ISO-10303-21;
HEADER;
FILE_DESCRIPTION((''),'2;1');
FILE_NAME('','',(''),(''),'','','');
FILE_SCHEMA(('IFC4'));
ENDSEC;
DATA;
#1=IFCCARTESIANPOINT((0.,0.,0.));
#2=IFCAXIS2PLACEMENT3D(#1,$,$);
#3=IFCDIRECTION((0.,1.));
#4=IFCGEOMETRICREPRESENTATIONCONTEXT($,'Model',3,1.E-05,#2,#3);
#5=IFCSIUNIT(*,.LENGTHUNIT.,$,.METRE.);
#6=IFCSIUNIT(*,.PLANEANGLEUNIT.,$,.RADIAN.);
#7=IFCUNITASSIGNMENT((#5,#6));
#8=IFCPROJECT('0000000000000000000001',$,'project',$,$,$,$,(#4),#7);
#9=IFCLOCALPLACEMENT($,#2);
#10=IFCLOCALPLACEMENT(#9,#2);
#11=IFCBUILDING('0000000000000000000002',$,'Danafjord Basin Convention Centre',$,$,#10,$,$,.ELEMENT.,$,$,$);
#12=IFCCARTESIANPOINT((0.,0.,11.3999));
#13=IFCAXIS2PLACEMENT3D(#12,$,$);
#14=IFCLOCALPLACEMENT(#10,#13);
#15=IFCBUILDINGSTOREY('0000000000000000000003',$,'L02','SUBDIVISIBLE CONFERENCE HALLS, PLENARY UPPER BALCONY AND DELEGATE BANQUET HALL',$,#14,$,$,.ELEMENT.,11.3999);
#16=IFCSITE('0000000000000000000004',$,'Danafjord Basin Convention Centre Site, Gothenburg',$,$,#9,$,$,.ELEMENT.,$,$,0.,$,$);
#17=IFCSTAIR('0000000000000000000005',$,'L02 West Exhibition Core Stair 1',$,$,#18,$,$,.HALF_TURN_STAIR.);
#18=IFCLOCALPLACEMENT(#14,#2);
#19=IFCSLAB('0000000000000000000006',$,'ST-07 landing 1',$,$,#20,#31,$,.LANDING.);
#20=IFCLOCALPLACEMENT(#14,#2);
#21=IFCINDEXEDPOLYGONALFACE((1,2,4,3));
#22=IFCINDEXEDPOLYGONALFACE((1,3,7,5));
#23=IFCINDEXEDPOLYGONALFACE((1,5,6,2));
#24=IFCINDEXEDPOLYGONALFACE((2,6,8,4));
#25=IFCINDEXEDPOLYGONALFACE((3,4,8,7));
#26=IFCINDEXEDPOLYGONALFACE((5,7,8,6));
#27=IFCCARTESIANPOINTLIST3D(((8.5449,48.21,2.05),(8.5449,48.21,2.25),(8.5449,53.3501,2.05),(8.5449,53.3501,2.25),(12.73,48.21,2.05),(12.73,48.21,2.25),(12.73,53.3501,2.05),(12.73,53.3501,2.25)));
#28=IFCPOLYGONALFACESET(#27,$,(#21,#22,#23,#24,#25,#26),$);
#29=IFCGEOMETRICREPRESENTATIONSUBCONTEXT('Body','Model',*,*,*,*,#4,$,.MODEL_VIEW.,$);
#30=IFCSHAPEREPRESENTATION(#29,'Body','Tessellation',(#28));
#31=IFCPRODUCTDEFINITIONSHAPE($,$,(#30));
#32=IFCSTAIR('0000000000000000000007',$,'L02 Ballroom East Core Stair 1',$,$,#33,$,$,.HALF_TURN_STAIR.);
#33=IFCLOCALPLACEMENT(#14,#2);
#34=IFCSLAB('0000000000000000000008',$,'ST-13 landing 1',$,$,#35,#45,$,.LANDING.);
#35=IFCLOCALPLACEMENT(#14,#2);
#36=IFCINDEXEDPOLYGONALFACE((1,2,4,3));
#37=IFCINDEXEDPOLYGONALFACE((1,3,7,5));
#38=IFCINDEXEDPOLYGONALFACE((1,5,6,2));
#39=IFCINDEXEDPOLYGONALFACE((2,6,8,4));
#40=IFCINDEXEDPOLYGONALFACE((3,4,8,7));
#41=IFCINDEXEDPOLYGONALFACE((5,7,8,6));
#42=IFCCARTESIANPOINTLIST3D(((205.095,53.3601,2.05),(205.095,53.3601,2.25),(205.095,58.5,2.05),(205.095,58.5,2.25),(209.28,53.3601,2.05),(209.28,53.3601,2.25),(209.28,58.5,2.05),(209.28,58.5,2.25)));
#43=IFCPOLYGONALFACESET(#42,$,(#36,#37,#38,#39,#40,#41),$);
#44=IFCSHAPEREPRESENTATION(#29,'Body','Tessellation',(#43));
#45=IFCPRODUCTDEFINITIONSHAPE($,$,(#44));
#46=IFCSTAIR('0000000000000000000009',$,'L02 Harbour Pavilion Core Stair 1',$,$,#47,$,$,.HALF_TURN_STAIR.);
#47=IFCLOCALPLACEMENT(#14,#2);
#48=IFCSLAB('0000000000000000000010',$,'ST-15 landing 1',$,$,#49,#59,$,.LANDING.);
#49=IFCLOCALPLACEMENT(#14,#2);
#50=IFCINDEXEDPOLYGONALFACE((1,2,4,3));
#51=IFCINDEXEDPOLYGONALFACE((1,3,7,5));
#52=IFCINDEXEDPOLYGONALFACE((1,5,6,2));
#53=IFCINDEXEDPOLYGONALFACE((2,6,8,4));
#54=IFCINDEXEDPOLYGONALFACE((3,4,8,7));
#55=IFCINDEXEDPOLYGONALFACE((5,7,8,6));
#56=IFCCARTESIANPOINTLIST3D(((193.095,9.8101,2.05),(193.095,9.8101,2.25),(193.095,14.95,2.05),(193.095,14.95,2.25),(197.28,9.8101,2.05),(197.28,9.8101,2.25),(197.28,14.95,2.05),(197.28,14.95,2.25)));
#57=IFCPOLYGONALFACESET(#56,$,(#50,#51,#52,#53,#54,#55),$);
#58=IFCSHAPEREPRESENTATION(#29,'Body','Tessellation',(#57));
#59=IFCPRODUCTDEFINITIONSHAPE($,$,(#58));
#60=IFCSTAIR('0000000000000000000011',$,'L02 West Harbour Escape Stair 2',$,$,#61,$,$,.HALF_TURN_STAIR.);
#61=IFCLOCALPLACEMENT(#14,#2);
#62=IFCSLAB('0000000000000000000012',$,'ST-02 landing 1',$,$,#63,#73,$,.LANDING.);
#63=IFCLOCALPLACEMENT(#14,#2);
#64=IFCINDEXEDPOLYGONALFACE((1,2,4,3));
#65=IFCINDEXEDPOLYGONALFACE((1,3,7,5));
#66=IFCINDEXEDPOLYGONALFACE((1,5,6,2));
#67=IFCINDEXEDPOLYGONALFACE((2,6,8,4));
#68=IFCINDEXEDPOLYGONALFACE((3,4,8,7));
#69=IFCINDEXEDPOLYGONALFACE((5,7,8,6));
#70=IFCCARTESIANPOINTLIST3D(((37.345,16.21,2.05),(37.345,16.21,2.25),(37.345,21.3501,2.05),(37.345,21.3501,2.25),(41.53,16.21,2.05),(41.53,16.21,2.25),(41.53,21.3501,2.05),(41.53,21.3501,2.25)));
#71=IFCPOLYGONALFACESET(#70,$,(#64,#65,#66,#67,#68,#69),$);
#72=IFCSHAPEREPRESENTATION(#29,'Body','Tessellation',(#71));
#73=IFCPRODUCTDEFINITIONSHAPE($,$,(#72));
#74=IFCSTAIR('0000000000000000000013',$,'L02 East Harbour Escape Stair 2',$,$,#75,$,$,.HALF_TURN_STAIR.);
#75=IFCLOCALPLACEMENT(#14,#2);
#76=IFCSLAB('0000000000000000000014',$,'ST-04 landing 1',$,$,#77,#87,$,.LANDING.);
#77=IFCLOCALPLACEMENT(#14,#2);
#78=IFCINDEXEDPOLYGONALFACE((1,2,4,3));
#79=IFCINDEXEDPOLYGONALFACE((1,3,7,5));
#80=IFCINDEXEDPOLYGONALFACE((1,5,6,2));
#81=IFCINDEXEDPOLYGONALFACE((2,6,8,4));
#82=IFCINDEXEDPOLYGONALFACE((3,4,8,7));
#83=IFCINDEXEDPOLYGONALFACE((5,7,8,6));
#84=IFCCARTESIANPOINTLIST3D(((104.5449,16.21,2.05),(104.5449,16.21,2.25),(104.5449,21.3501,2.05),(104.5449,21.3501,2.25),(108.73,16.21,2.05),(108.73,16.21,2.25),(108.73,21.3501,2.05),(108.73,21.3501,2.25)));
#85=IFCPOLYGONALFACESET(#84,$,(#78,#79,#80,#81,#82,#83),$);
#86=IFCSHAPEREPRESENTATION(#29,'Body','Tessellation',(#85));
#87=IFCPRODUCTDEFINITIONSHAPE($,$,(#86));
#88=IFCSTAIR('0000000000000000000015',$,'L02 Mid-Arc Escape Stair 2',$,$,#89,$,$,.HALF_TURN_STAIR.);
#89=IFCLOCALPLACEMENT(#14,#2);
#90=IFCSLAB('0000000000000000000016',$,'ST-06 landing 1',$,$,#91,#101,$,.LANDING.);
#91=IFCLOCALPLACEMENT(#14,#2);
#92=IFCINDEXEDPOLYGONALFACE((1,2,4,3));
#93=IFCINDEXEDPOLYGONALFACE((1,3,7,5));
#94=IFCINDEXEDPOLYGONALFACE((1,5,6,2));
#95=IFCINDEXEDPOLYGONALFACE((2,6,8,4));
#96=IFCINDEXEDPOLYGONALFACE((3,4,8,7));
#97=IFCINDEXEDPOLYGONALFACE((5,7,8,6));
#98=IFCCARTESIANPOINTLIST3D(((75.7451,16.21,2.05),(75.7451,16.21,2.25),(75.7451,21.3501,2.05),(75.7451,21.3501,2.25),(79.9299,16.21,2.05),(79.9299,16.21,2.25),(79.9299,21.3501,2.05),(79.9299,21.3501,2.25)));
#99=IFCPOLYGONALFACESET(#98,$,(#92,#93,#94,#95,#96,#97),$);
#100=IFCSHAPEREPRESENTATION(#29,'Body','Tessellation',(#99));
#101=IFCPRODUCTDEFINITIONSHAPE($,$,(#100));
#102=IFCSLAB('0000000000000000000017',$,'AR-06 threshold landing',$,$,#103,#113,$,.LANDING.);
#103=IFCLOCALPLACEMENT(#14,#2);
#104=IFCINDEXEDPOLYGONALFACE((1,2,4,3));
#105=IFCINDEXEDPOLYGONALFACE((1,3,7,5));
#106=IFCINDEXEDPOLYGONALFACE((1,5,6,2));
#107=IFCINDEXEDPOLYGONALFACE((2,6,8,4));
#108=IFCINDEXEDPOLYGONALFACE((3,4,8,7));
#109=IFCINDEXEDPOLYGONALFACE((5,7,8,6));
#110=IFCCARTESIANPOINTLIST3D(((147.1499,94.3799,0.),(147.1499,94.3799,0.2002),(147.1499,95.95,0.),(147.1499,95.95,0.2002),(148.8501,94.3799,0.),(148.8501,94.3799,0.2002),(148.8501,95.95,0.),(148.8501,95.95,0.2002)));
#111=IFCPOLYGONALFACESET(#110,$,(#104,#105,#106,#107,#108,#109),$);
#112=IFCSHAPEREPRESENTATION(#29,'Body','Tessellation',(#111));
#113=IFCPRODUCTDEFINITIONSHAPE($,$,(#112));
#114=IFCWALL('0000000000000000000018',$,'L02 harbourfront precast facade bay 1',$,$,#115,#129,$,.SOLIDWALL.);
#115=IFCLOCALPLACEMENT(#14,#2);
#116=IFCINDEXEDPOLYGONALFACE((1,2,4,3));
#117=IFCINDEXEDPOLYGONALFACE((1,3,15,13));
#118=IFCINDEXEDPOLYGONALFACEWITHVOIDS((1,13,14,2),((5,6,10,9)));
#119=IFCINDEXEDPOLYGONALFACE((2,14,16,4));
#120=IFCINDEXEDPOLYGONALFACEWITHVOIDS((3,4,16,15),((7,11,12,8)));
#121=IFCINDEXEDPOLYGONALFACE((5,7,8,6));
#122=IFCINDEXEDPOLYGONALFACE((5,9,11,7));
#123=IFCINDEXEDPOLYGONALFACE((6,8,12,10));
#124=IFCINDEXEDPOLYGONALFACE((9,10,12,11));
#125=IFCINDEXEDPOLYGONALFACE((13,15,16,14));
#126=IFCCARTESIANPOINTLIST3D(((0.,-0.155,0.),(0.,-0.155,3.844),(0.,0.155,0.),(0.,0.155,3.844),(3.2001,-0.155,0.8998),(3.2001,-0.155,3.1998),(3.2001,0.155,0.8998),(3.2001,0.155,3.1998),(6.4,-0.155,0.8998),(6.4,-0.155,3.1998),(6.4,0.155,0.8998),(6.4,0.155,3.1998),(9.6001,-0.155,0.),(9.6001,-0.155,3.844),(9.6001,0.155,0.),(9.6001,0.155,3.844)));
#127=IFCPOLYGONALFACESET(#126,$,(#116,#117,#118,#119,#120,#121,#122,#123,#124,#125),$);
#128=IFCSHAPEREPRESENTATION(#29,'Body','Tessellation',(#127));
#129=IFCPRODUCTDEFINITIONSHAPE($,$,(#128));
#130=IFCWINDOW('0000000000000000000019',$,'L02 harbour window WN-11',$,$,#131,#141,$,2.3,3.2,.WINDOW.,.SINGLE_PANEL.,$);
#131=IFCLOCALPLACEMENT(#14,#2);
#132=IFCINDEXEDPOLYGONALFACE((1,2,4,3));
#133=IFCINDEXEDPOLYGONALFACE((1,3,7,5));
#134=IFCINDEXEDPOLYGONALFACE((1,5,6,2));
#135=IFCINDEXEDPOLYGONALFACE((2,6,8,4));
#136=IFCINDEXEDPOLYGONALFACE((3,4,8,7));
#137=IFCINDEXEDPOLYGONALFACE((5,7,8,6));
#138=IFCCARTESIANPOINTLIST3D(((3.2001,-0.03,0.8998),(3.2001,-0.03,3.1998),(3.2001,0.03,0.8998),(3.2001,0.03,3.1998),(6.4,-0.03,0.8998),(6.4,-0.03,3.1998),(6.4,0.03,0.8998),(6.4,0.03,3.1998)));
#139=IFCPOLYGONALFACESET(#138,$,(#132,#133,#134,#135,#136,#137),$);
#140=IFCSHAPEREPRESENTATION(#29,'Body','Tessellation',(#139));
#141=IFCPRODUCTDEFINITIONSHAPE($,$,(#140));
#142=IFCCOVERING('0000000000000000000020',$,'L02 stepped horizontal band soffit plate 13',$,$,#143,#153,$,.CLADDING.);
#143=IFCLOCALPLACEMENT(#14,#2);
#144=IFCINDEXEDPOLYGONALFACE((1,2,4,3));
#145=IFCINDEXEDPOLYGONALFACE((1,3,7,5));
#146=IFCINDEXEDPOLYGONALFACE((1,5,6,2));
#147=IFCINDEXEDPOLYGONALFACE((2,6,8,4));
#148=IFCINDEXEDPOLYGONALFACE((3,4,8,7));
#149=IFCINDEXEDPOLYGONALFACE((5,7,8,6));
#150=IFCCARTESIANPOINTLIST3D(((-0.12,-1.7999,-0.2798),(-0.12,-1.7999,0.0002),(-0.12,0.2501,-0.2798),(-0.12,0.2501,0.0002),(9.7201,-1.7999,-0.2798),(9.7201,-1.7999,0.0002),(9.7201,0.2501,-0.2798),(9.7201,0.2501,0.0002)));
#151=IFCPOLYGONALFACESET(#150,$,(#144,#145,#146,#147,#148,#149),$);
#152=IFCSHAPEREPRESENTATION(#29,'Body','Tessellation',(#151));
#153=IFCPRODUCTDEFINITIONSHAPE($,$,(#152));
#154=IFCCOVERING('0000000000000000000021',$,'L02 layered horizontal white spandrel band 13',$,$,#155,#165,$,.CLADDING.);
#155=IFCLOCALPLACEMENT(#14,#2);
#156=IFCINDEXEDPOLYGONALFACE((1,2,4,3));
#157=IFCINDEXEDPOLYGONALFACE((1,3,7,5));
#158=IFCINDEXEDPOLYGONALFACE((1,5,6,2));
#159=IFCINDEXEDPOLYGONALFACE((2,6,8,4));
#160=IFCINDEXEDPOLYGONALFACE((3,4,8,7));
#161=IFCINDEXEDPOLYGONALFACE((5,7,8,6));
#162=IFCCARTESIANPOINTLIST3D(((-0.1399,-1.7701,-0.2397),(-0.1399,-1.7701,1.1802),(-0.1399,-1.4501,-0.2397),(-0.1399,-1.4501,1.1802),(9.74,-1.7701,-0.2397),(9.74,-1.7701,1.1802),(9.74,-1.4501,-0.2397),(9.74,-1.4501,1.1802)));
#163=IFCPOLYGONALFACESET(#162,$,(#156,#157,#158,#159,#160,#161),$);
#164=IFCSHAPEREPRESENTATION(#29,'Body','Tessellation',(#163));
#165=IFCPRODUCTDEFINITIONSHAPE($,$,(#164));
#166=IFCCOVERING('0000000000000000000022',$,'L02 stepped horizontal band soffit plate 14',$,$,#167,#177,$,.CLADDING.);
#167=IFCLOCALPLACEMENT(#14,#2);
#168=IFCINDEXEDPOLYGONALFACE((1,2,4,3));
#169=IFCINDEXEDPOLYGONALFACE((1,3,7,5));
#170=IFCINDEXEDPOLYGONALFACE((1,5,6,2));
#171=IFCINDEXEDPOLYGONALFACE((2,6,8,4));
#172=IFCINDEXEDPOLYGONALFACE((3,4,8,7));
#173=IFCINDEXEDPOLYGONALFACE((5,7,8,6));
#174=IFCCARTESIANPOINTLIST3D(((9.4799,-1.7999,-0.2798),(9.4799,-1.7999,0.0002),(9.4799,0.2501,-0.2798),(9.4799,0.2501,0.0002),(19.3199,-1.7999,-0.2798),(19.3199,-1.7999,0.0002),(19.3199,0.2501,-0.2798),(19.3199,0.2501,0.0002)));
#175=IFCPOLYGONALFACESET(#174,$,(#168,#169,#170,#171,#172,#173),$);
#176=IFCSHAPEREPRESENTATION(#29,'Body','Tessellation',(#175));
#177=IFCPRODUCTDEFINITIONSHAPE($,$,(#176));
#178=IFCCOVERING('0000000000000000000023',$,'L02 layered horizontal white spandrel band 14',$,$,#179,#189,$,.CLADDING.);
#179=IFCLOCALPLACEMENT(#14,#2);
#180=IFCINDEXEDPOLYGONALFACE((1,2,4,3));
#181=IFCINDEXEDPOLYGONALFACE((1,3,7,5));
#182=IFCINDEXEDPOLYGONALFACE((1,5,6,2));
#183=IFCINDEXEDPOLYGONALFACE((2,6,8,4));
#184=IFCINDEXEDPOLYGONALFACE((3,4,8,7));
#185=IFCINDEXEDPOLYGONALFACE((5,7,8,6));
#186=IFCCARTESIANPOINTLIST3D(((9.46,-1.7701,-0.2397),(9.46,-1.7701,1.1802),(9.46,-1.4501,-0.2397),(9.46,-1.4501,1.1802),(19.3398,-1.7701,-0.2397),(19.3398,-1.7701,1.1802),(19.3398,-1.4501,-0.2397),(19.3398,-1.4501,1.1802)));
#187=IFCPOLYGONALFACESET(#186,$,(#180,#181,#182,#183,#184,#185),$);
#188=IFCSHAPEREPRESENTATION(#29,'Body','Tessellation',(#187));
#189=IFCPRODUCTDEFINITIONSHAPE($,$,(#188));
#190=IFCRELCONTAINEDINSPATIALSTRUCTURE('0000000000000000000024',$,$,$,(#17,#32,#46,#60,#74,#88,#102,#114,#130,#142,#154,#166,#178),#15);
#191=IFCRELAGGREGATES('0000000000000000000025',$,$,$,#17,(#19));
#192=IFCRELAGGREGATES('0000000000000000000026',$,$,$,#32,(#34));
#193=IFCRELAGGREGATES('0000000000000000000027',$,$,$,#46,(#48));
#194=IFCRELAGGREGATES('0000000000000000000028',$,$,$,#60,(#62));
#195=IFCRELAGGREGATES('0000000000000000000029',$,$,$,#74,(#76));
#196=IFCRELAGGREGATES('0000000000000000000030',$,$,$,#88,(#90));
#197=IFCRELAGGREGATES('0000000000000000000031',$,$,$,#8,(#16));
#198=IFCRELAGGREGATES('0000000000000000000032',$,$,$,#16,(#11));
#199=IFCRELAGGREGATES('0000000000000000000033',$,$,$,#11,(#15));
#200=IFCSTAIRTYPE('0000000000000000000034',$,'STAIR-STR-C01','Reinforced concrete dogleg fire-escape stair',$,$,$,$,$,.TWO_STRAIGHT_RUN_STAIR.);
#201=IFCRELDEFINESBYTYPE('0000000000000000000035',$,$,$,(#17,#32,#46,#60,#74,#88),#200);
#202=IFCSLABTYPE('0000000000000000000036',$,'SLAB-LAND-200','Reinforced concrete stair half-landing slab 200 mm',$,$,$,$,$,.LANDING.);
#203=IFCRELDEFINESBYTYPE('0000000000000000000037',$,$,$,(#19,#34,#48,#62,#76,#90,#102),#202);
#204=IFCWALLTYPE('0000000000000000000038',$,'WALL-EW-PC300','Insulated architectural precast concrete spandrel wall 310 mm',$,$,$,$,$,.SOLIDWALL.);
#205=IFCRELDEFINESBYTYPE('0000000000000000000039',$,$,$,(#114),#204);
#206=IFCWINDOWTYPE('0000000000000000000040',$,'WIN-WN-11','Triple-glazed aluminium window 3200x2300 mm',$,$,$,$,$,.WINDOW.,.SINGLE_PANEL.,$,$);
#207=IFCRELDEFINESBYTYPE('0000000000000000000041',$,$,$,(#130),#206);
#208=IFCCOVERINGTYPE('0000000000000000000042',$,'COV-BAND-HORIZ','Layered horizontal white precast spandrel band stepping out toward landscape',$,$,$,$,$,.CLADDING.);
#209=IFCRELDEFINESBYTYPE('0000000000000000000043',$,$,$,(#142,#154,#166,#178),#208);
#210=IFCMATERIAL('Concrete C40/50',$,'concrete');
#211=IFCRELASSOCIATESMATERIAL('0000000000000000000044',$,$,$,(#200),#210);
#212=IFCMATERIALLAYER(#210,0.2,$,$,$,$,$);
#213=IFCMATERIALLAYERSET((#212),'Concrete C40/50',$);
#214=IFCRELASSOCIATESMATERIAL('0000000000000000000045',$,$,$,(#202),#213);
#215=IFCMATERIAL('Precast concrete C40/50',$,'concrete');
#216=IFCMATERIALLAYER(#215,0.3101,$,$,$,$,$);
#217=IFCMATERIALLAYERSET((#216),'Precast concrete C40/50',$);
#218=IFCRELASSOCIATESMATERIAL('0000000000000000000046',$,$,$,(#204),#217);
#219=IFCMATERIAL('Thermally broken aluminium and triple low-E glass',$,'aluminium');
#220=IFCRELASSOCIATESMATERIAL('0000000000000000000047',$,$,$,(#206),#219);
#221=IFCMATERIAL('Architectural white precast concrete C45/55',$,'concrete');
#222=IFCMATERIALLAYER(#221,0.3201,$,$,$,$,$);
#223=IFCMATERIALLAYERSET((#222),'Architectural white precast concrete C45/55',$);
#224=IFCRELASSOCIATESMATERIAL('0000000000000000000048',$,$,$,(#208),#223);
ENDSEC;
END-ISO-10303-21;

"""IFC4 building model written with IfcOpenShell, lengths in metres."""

from ifc_helpers import new_model, si_unit, direction, frame, frame_2d, origin, origin_with_axes, origin_2d, place, context, subcontext, project, spatial, polyline, rectangle, outline, extrude, material, layer, layer_set, type_object, element, fill, aggregate, save


model = new_model("IFC4")

# Units and contexts
model_context = context("Model", 3, precision=1e-05, world=origin(), true_north=direction((0.0, 1.0)))
body_context = subcontext(model_context, "Body", "Model", "MODEL_VIEW")
ifc_project = project(units=[si_unit("LENGTHUNIT", "METRE"), si_unit("PLANEANGLEUNIT", "RADIAN")], contexts=[model_context])

# Site, building, storey
site_placement = place(None, origin())
site = spatial("IfcSite", under=ifc_project, at=site_placement, Name="Danafjord Basin Convention Centre Site, Gothenburg", CompositionType="ELEMENT", RefElevation=0.0)
building_placement = place(site_placement, origin())
building = spatial("IfcBuilding", under=site, at=building_placement, Name="Danafjord Basin Convention Centre", CompositionType="ELEMENT")
storey_placement = place(building_placement, frame((0.0, 0.0, 11.3999)))
storey = spatial("IfcBuildingStorey", under=building, at=storey_placement, Name="L02", Description="SUBDIVISIBLE CONFERENCE HALLS, PLENARY UPPER BALCONY AND DELEGATE BANQUET HALL", CompositionType="ELEMENT", Elevation=11.3999)

# Stairs, slabs
ifc_material_1 = material(Name="Concrete C40/50", Category="concrete")
stair_type = type_object("IfcStairType", Name="STAIR-STR-C01", Description="Reinforced concrete dogleg fire-escape stair", PredefinedType="TWO_STRAIGHT_RUN_STAIR", material=ifc_material_1)
ifc_layer_1 = layer(ifc_material_1, 0.2)
ifc_layer_set_1 = layer_set([ifc_layer_1], Name="Concrete C40/50")
slab_type = type_object("IfcSlabType", Name="SLAB-LAND-200", Description="Reinforced concrete stair half-landing slab 200 mm", PredefinedType="LANDING", material=ifc_layer_set_1)
stair_1_placement = place(storey_placement, origin())
stair_1 = element("IfcStair", 1, at=stair_1_placement, inside=storey, type_object=stair_type, Name="L02 West Exhibition Core Stair 1", PredefinedType="HALF_TURN_STAIR")
slab_1_placement = place(storey_placement, frame((0.0, 0.0, 2.05)))
slab_1 = element("IfcSlab", 2, at=slab_1_placement, type_object=slab_type, Name="ST-07 landing 1", PredefinedType="LANDING", context=body_context, shape_type="SweptSolid", body=[
    extrude(outline(polyline([(8.5449, 48.21), (12.73, 48.21), (12.73, 53.3501), (8.5449, 53.3501), (8.5449, 48.21)])), origin(), (0.0, 0.0, 1.0), 0.2),
])
aggregate(stair_1, [slab_1])
stair_2_placement = place(storey_placement, origin())
stair_2 = element("IfcStair", 3, at=stair_2_placement, inside=storey, type_object=stair_type, Name="L02 Ballroom East Core Stair 1", PredefinedType="HALF_TURN_STAIR")
slab_2_placement = place(storey_placement, frame((0.0, 0.0, 2.05)))
slab_2 = element("IfcSlab", 4, at=slab_2_placement, type_object=slab_type, Name="ST-13 landing 1", PredefinedType="LANDING", context=body_context, shape_type="SweptSolid", body=[
    extrude(outline(polyline([(205.095, 53.3601), (209.28, 53.3601), (209.28, 58.5), (205.095, 58.5), (205.095, 53.3601)])), origin(), (0.0, 0.0, 1.0), 0.2),
])
aggregate(stair_2, [slab_2])
stair_3_placement = place(storey_placement, origin())
stair_3 = element("IfcStair", 5, at=stair_3_placement, inside=storey, type_object=stair_type, Name="L02 Harbour Pavilion Core Stair 1", PredefinedType="HALF_TURN_STAIR")
slab_3_placement = place(storey_placement, frame((0.0, 0.0, 2.05)))
slab_3 = element("IfcSlab", 6, at=slab_3_placement, type_object=slab_type, Name="ST-15 landing 1", PredefinedType="LANDING", context=body_context, shape_type="SweptSolid", body=[
    extrude(outline(polyline([(193.095, 9.8101), (197.28, 9.8101), (197.28, 14.95), (193.095, 14.95), (193.095, 9.8101)])), origin(), (0.0, 0.0, 1.0), 0.2),
])
aggregate(stair_3, [slab_3])
stair_4_placement = place(storey_placement, origin())
stair_4 = element("IfcStair", 7, at=stair_4_placement, inside=storey, type_object=stair_type, Name="L02 West Harbour Escape Stair 2", PredefinedType="HALF_TURN_STAIR")
slab_4_placement = place(storey_placement, frame((0.0, 0.0, 2.05)))
slab_4 = element("IfcSlab", 8, at=slab_4_placement, type_object=slab_type, Name="ST-02 landing 1", PredefinedType="LANDING", context=body_context, shape_type="SweptSolid", body=[
    extrude(outline(polyline([(37.345, 16.21), (41.53, 16.21), (41.53, 21.3501), (37.345, 21.3501), (37.345, 16.21)])), origin(), (0.0, 0.0, 1.0), 0.2),
])
aggregate(stair_4, [slab_4])
stair_5_placement = place(storey_placement, origin())
stair_5 = element("IfcStair", 9, at=stair_5_placement, inside=storey, type_object=stair_type, Name="L02 East Harbour Escape Stair 2", PredefinedType="HALF_TURN_STAIR")
slab_5_placement = place(storey_placement, frame((0.0, 0.0, 2.05)))
slab_5 = element("IfcSlab", 10, at=slab_5_placement, type_object=slab_type, Name="ST-04 landing 1", PredefinedType="LANDING", context=body_context, shape_type="SweptSolid", body=[
    extrude(outline(polyline([(104.5449, 16.21), (108.73, 16.21), (108.73, 21.3501), (104.5449, 21.3501), (104.5449, 16.21)])), origin(), (0.0, 0.0, 1.0), 0.2),
])
aggregate(stair_5, [slab_5])
stair_6_placement = place(storey_placement, origin())
stair_6 = element("IfcStair", 11, at=stair_6_placement, inside=storey, type_object=stair_type, Name="L02 Mid-Arc Escape Stair 2", PredefinedType="HALF_TURN_STAIR")
slab_6_placement = place(storey_placement, frame((0.0, 0.0, 2.05)))
slab_6 = element("IfcSlab", 12, at=slab_6_placement, type_object=slab_type, Name="ST-06 landing 1", PredefinedType="LANDING", context=body_context, shape_type="SweptSolid", body=[
    extrude(outline(polyline([(75.7451, 16.21), (79.9299, 16.21), (79.9299, 21.3501), (75.7451, 21.3501), (75.7451, 16.21)])), origin(), (0.0, 0.0, 1.0), 0.2),
])
aggregate(stair_6, [slab_6])

# Slab
slab_7_placement = place(storey_placement, origin())
element("IfcSlab", 13, at=slab_7_placement, inside=storey, type_object=slab_type, Name="AR-06 threshold landing", PredefinedType="LANDING", context=body_context, shape_type="SweptSolid", body=[
    extrude(outline(polyline([(147.1499, 94.3799), (148.8501, 94.3799), (148.8501, 95.95), (147.1499, 95.95), (147.1499, 94.3799)])), origin(), (0.0, 0.0, 1.0), 0.2002),
])

# Wall, opening, window
ifc_material_2 = material(Name="Precast concrete C40/50", Category="concrete")
ifc_layer_2 = layer(ifc_material_2, 0.3101)
ifc_layer_set_2 = layer_set([ifc_layer_2], Name="Precast concrete C40/50")
wall_type = type_object("IfcWallType", Name="WALL-EW-PC300", Description="Insulated architectural precast concrete spandrel wall 310 mm", PredefinedType="SOLIDWALL", material=ifc_layer_set_2)
wall_placement = place(storey_placement, origin_with_axes())
wall = element("IfcWall", 14, at=wall_placement, inside=storey, type_object=wall_type, Name="L02 harbourfront precast facade bay 1", PredefinedType="SOLIDWALL", context=body_context, shape_type="SweptSolid", body=[
    extrude(rectangle(XDim=9.6001, YDim=0.3101, at=frame_2d((4.8, 0.0))), origin(), (0.0, 0.0, 1.0), 3.844),
])
opening_placement = place(wall_placement, frame((3.2, 0.0, 0.8999)))
opening = element("IfcOpeningElement", 15, at=opening_placement, cuts=wall, PredefinedType="OPENING", context=body_context, shape_type="SweptSolid", body=[
    extrude(rectangle(XDim=3.2, YDim=2.3, at=frame_2d((1.6001, 1.1499))), frame((0.0, 0.165, 0.0), z_axis=(0.0, -1.0, 0.0), x_axis=(1.0, 0.0, 0.0)), (0.0, 0.0, 1.0), 0.3301),
])
ifc_material_3 = material(Name="Thermally broken aluminium and triple low-E glass", Category="aluminium")
window_type = type_object("IfcWindowType", Name="WIN-WN-11", Description="Triple-glazed aluminium window 3200x2300 mm", PartitioningType="SINGLE_PANEL", PredefinedType="WINDOW", material=ifc_material_3)
window_placement = place(opening_placement, origin())
window = element("IfcWindow", 16, at=window_placement, inside=storey, type_object=window_type, Name="L02 harbour window WN-11", OverallHeight=2.3, OverallWidth=3.2, PartitioningType="SINGLE_PANEL", PredefinedType="WINDOW", context=body_context, shape_type="SweptSolid", body=[
    extrude(rectangle(XDim=3.2, YDim=2.3, at=frame_2d((1.6001, 1.1499))), frame((0.0, 0.03, 0.0), z_axis=(0.0, -1.0, 0.0), x_axis=(1.0, 0.0, 0.0)), (0.0, 0.0, 1.0), 0.0601),
])
fill(opening, window)

# Coverings
ifc_material_4 = material(Name="Architectural white precast concrete C45/55", Category="concrete")
ifc_layer_3 = layer(ifc_material_4, 0.3201)
ifc_layer_set_3 = layer_set([ifc_layer_3], Name="Architectural white precast concrete C45/55")
covering_type_1 = type_object("IfcCoveringType", Name="COV-BAND-HORIZ", Description="Layered horizontal white precast spandrel band stepping out toward landscape", PredefinedType="CLADDING", material=ifc_layer_set_3)
covering_1_placement = place(storey_placement, frame((4.8, -0.7749, -0.2798), z_axis=(0.0, 0.0, 1.0), x_axis=(1.0, 0.0, 0.0)))
element("IfcCovering", 17, at=covering_1_placement, inside=storey, type_object=covering_type_1, Name="L02 stepped horizontal band soffit plate 13", PredefinedType="CLADDING", context=body_context, shape_type="SweptSolid", body=[
    extrude(rectangle(XDim=9.8401, YDim=2.05, at=origin_2d()), origin(), (0.0, 0.0, 1.0), 0.28),
])
covering_2_placement = place(storey_placement, frame((4.8, -1.6101, -0.2397), z_axis=(0.0, 0.0, 1.0), x_axis=(1.0, 0.0, 0.0)))
element("IfcCovering", 18, at=covering_2_placement, inside=storey, type_object=covering_type_1, Name="L02 layered horizontal white spandrel band 13", PredefinedType="CLADDING", context=body_context, shape_type="SweptSolid", body=[
    extrude(rectangle(XDim=9.8799, YDim=0.3201, at=origin_2d()), origin(), (0.0, 0.0, 1.0), 1.4199),
])
covering_3_placement = place(storey_placement, frame((14.3999, -0.7749, -0.2798), z_axis=(0.0, 0.0, 1.0), x_axis=(1.0, 0.0, 0.0)))
element("IfcCovering", 19, at=covering_3_placement, inside=storey, type_object=covering_type_1, Name="L02 stepped horizontal band soffit plate 14", PredefinedType="CLADDING", context=body_context, shape_type="SweptSolid", body=[
    extrude(rectangle(XDim=9.8401, YDim=2.05, at=origin_2d()), origin(), (0.0, 0.0, 1.0), 0.28),
])
covering_4_placement = place(storey_placement, frame((14.3999, -1.6101, -0.2397), z_axis=(0.0, 0.0, 1.0), x_axis=(1.0, 0.0, 0.0)))
element("IfcCovering", 20, at=covering_4_placement, inside=storey, type_object=covering_type_1, Name="L02 layered horizontal white spandrel band 14", PredefinedType="CLADDING", context=body_context, shape_type="SweptSolid", body=[
    extrude(rectangle(XDim=9.8799, YDim=0.3201, at=origin_2d()), origin(), (0.0, 0.0, 1.0), 1.4199),
])

save(model, "model.ifc")
